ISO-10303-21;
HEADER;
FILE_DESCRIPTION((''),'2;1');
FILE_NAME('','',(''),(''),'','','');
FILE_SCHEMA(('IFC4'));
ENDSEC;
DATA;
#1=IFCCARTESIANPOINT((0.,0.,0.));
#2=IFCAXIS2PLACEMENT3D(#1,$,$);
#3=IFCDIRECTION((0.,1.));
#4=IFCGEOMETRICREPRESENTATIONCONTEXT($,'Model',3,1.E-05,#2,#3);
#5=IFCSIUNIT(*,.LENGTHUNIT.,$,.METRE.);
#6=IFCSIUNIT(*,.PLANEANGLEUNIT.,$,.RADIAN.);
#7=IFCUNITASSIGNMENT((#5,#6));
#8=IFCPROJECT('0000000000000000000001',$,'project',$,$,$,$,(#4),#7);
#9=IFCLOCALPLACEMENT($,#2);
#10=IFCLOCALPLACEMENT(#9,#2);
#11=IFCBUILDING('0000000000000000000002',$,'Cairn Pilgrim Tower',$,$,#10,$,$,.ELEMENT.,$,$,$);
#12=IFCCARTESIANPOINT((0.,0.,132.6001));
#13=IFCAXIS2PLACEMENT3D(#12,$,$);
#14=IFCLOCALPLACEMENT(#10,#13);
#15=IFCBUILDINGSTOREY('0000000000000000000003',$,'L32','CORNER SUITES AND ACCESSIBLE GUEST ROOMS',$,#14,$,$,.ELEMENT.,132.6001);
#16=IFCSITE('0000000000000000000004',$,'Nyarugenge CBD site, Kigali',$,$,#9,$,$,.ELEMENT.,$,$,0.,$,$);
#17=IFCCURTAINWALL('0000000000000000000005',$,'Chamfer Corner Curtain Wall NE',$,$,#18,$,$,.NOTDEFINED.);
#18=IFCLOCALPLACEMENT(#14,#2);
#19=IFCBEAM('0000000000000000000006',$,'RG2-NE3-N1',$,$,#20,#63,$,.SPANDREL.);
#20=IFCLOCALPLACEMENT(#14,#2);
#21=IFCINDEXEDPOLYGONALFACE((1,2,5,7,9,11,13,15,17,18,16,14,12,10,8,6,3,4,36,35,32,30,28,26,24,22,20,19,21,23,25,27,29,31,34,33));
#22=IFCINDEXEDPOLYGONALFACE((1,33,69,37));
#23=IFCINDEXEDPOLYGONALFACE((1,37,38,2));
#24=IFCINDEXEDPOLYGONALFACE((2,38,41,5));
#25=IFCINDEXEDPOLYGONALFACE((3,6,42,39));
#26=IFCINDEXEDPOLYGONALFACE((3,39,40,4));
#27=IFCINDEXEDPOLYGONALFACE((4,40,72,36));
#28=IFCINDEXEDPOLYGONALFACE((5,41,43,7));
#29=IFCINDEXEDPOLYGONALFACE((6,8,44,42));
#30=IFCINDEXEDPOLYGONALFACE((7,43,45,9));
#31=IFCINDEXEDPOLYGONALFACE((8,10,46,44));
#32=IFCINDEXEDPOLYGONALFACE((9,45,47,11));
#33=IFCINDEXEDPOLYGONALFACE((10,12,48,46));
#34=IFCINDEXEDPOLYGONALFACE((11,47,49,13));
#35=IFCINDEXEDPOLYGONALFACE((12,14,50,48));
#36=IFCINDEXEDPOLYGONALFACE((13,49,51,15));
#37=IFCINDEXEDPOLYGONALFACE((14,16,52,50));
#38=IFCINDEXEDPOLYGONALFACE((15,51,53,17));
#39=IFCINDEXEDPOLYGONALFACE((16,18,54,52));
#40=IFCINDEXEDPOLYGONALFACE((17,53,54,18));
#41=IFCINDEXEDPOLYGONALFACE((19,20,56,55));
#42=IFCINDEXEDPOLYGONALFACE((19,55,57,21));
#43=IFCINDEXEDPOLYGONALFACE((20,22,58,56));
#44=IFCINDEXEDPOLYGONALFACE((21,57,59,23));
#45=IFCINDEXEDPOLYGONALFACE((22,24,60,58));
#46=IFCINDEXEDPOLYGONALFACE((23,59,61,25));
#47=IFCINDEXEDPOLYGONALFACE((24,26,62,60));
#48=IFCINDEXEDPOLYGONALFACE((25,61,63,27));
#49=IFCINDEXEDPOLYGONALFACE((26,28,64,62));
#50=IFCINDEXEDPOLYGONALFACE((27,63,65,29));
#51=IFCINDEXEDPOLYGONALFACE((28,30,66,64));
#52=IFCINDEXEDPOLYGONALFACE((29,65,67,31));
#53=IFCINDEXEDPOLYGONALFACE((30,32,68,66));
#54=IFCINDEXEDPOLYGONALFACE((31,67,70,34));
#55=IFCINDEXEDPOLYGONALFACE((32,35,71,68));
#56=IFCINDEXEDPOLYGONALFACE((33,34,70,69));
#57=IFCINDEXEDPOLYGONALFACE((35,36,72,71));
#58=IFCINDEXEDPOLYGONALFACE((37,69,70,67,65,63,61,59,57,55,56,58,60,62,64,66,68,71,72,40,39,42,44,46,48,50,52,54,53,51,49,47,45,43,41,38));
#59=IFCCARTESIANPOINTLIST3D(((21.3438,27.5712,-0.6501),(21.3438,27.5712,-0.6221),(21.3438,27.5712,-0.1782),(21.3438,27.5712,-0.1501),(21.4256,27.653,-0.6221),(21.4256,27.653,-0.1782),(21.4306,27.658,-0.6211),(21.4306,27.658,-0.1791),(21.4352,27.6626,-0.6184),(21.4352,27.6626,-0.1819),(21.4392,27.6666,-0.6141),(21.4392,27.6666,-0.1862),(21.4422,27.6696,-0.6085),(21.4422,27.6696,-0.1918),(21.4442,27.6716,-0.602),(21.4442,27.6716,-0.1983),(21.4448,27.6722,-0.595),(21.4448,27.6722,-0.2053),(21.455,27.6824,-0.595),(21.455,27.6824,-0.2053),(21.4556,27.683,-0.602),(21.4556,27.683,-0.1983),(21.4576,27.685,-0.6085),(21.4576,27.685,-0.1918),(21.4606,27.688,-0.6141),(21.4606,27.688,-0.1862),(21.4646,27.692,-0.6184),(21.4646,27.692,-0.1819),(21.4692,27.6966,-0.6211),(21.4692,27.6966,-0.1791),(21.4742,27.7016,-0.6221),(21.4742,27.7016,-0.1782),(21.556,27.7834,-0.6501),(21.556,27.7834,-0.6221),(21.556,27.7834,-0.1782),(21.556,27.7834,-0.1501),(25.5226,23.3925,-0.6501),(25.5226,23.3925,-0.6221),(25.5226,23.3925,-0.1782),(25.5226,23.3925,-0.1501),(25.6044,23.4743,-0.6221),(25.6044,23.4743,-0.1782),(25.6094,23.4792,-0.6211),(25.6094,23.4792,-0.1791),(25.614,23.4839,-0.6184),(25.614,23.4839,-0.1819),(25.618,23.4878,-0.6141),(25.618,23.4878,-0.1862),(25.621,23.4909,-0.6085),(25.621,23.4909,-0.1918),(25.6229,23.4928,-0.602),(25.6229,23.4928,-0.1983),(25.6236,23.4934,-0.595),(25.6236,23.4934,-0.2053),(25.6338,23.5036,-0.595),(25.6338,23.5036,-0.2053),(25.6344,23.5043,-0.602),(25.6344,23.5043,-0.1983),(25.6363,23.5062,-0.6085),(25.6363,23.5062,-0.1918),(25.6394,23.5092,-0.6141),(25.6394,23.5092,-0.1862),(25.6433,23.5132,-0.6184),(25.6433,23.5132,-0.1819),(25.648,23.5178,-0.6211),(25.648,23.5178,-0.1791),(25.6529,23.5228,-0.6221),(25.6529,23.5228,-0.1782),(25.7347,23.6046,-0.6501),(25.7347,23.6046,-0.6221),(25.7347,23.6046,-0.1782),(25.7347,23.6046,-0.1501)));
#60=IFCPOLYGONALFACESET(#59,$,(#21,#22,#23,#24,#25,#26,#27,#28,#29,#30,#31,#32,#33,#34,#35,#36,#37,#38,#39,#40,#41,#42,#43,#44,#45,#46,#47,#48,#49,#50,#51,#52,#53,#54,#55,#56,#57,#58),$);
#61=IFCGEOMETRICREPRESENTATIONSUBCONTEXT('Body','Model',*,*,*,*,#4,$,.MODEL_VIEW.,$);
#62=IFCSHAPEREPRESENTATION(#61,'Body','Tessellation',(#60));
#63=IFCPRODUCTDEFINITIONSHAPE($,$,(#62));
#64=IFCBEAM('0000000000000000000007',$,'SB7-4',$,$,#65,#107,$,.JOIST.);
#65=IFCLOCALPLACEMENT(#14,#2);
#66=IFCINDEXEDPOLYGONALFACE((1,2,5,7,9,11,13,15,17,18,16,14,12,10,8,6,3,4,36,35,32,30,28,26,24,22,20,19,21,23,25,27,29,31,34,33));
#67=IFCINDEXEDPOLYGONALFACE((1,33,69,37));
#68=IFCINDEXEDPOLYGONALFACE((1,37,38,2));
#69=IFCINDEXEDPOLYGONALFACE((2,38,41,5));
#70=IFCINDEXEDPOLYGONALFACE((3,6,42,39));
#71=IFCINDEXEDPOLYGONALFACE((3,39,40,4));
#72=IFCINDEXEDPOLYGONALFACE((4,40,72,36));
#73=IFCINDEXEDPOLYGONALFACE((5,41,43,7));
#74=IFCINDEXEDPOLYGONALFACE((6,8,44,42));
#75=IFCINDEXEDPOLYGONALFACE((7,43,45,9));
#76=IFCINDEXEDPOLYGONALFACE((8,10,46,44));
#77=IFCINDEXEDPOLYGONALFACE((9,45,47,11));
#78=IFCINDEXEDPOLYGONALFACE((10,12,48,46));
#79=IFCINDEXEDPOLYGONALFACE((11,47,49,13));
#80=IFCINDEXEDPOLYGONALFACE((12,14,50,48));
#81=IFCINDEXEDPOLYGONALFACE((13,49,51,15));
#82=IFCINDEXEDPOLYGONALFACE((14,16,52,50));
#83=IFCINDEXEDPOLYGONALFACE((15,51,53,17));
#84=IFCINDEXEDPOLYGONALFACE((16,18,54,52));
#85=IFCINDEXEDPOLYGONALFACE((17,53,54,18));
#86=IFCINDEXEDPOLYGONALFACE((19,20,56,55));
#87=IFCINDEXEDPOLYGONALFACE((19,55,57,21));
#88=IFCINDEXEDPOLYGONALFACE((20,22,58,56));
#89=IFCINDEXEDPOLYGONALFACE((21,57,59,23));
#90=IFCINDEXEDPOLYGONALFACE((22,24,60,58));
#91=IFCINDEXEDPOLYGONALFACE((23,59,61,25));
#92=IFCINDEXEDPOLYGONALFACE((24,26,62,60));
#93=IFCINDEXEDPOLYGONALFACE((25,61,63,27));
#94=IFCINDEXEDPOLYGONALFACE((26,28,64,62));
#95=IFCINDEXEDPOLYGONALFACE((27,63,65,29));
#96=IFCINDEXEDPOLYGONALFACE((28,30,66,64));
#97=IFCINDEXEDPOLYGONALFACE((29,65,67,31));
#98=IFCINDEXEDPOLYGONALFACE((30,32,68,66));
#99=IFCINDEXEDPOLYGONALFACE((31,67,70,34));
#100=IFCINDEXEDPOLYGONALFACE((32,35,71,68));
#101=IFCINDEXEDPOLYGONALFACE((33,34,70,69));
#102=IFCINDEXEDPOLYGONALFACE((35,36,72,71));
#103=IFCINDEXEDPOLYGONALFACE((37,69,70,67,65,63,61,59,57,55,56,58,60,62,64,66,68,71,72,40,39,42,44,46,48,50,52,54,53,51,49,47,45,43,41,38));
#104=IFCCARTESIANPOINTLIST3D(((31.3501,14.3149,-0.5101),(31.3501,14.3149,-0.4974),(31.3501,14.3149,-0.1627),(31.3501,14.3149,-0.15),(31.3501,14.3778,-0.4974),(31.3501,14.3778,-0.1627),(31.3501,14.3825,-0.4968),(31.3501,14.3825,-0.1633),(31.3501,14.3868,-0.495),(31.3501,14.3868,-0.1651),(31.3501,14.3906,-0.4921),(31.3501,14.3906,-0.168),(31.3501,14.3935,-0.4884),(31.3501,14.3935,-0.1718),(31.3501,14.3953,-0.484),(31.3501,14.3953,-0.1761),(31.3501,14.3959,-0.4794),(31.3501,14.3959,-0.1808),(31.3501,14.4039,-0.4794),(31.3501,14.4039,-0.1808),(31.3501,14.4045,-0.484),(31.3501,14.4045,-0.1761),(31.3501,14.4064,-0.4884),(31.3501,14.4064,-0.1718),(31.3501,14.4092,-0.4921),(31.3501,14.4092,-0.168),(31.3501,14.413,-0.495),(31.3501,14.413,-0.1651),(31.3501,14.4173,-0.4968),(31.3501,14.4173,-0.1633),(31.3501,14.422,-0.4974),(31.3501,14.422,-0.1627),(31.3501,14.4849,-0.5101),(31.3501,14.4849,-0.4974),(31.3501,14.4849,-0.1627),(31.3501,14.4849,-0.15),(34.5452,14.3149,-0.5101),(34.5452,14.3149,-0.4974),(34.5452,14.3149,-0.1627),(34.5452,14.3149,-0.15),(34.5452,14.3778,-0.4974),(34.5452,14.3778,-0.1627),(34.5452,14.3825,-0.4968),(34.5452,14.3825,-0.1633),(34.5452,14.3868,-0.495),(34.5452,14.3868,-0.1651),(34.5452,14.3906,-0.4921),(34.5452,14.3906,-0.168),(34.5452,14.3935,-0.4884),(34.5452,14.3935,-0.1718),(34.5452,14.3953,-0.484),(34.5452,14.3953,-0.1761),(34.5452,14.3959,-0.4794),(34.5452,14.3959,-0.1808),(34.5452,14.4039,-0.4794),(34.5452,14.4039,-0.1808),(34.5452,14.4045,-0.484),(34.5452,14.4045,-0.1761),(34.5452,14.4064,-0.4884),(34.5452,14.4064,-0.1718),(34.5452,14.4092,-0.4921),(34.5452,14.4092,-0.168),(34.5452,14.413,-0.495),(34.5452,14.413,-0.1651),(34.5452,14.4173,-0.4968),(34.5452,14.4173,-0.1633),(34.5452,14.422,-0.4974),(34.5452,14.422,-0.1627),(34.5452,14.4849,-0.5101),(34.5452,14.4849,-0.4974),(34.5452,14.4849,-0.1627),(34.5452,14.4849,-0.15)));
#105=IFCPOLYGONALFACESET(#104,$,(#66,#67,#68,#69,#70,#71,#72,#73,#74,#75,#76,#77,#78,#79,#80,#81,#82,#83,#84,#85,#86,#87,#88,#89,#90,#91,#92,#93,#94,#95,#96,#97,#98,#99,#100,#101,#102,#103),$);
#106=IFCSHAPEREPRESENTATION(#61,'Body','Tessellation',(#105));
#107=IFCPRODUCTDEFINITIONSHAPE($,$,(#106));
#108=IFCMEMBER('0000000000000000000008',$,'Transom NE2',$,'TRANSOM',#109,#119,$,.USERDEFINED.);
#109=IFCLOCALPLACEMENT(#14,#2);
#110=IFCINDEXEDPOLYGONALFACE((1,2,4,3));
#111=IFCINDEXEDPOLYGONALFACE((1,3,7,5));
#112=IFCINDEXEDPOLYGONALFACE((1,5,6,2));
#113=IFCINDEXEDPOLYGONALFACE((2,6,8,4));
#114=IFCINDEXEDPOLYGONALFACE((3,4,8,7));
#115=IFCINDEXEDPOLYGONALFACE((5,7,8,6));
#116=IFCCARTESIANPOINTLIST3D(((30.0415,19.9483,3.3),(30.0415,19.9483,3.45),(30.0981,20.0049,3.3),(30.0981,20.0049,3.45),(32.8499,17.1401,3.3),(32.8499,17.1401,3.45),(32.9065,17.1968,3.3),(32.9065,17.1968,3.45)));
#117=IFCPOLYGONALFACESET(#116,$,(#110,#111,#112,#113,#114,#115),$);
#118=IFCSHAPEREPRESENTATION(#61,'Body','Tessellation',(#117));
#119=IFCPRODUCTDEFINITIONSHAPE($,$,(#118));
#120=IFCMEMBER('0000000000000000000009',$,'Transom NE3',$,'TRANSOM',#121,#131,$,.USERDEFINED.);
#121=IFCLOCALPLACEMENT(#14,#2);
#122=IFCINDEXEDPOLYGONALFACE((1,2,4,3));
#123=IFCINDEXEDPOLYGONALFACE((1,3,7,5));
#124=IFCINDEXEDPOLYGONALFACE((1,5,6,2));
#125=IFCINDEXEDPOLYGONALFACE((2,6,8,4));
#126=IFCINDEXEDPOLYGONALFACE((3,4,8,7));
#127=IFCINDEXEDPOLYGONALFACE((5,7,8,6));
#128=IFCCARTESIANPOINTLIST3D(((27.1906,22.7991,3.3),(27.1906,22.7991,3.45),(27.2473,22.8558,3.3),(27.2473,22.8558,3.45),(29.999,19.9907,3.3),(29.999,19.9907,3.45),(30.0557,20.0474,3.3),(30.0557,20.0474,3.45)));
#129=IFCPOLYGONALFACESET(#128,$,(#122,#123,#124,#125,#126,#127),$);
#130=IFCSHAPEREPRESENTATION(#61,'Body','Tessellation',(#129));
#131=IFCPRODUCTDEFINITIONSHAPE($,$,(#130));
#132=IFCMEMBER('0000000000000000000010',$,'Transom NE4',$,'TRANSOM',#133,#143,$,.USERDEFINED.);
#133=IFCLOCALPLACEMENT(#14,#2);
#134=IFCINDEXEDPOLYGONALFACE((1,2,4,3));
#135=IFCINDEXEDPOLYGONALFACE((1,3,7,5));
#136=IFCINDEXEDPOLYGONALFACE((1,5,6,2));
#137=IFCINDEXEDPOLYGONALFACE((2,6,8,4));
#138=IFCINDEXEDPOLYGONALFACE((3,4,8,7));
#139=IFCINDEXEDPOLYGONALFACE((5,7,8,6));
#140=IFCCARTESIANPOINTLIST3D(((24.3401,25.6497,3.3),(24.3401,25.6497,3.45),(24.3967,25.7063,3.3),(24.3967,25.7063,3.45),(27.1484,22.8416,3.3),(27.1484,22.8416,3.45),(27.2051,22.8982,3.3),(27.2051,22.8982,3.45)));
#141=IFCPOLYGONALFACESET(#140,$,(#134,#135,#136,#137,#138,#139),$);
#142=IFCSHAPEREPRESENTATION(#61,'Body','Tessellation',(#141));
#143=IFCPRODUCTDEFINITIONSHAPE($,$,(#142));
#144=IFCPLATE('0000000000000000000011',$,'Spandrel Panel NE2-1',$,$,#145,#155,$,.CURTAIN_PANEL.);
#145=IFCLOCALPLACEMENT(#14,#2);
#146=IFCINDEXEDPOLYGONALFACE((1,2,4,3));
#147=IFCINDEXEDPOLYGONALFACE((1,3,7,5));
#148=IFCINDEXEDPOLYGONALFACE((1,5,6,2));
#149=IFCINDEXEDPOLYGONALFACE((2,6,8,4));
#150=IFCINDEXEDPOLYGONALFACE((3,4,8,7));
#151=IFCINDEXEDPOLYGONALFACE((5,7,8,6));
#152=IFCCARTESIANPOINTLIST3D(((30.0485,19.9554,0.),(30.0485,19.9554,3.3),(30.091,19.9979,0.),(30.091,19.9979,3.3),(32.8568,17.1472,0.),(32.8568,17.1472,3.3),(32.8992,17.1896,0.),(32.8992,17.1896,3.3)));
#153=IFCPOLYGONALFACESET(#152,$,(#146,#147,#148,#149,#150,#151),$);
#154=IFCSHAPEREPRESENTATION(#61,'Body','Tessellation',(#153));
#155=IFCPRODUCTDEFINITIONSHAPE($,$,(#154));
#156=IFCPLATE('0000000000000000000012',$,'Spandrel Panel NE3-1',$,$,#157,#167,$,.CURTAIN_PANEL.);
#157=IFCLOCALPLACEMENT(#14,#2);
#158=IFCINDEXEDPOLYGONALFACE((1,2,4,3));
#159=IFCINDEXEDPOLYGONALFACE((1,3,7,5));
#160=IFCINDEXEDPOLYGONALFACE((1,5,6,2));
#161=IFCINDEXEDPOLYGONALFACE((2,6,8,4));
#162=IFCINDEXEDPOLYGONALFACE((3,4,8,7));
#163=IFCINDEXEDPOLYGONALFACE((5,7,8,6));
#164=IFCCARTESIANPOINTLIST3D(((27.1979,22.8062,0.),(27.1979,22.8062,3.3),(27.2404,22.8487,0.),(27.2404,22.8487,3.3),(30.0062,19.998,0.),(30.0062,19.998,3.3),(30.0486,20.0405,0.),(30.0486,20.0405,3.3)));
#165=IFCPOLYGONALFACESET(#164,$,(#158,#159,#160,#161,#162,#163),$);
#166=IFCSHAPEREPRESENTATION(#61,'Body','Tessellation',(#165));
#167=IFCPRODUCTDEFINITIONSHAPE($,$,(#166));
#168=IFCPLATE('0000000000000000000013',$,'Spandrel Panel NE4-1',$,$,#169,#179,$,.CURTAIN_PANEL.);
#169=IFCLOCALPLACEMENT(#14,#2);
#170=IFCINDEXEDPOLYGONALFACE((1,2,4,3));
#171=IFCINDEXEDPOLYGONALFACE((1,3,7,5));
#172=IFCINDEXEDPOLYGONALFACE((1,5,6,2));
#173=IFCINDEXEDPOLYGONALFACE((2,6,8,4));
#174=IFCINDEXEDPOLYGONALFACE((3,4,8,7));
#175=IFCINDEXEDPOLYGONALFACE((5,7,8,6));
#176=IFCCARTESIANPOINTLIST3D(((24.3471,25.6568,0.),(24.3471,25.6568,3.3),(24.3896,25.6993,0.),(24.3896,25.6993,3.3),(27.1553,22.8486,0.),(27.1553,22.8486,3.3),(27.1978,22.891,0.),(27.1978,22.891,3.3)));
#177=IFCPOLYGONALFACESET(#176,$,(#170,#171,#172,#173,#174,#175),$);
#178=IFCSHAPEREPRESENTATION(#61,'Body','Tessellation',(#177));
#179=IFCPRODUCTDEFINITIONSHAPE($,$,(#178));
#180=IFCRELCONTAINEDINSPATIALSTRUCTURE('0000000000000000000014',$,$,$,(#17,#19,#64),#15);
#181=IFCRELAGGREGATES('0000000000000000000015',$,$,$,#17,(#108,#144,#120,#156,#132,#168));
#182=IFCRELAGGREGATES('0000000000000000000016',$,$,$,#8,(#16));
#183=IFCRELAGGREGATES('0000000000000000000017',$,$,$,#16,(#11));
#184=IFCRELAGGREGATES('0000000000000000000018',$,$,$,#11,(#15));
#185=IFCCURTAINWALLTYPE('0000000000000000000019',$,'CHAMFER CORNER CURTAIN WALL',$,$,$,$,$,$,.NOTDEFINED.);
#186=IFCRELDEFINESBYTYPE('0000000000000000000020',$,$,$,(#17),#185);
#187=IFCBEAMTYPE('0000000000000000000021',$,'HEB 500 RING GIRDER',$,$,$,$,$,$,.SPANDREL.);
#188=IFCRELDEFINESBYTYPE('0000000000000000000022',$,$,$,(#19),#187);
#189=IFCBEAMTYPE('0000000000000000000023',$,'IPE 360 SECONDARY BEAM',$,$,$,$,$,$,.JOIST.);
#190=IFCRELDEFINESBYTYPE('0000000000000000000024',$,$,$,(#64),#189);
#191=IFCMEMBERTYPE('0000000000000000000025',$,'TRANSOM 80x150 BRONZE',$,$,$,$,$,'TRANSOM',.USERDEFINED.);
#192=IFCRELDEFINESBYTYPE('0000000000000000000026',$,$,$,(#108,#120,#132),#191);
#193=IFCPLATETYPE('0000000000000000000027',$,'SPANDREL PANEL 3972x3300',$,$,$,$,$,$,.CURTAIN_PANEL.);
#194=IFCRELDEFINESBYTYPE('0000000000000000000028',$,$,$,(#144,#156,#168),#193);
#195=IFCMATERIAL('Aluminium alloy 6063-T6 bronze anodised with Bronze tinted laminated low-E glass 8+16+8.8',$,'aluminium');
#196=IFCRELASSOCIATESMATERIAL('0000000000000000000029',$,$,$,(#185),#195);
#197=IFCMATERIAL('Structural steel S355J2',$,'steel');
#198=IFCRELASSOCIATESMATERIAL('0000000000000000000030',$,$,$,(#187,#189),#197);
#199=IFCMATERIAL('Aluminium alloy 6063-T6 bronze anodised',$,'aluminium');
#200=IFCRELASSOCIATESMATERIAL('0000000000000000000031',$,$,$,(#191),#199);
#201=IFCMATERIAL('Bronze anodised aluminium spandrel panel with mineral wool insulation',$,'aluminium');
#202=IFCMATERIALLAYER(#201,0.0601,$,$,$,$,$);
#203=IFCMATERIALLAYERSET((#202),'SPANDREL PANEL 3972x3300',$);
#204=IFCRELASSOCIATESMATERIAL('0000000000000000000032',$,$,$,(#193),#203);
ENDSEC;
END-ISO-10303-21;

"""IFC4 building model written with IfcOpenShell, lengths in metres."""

from ifc_helpers import new_model, si_unit, direction, frame, origin, origin_2d, place, context, subcontext, project, spatial, rectangle, i_section, extrude, material, layer, layer_set, material_profile, profile_set, type_object, element, aggregate, save


model = new_model("IFC4")

# Units and contexts
model_context = context("Model", 3, precision=1e-05, world=origin(), true_north=direction((0.0, 1.0)))
body_context = subcontext(model_context, "Body", "Model", "MODEL_VIEW")
ifc_project = project(units=[si_unit("LENGTHUNIT", "METRE"), si_unit("PLANEANGLEUNIT", "RADIAN")], contexts=[model_context])

# Site, building, storey
site_placement = place(None, origin())
site = spatial("IfcSite", under=ifc_project, at=site_placement, Name="Nyarugenge CBD site, Kigali", CompositionType="ELEMENT", RefElevation=0.0)
building_placement = place(site_placement, origin())
building = spatial("IfcBuilding", under=site, at=building_placement, Name="Cairn Pilgrim Tower", CompositionType="ELEMENT")
storey_placement = place(building_placement, frame((0.0, 0.0, 132.6001)))
storey = spatial("IfcBuildingStorey", under=building, at=storey_placement, Name="L32", Description="CORNER SUITES AND ACCESSIBLE GUEST ROOMS", CompositionType="ELEMENT", Elevation=132.6001)

# Shared definitions
ifc_material_1 = material(Name="Structural steel S355J2", Category="steel")

# Curtain wall
ifc_material_2 = material(Name="Aluminium alloy 6063-T6 bronze anodised with Bronze tinted laminated low-E glass 8+16+8.8", Category="aluminium")
curtain_wall_type_1 = type_object("IfcCurtainWallType", Name="CHAMFER CORNER CURTAIN WALL", PredefinedType="NOTDEFINED", material=ifc_material_2)
curtain_wall_1_placement = place(storey_placement, origin())
curtain_wall_1 = element("IfcCurtainWall", 1, at=curtain_wall_1_placement, inside=storey, type_object=curtain_wall_type_1, Name="Chamfer Corner Curtain Wall NE", PredefinedType="NOTDEFINED")
ifc_material_3 = material(Name="Aluminium alloy 6063-T6 bronze anodised", Category="aluminium")

# Beams
ifc_material_profile_1 = material_profile(ifc_material_1, i_section(OverallWidth=0.3, OverallDepth=0.5, WebThickness=0.0144, FlangeThickness=0.0281, FilletRadius=0.0271, at=origin_2d()), Name="HEB 500")
ifc_profile_set_1 = profile_set([ifc_material_profile_1], Name="Structural steel S355J2")
beam_type_1 = type_object("IfcBeamType", Name="HEB 500 RING GIRDER", PredefinedType="SPANDREL", material=ifc_profile_set_1)
beam_1_placement = place(storey_placement, frame((25.6287, 23.4985, -0.4001), z_axis=(-0.707107, 0.707107, 0.0), x_axis=(-0.707107, -0.707107, 0.0)))
element("IfcBeam", 2, at=beam_1_placement, inside=storey, type_object=beam_type_1, Name="RG2-NE3-N1", PredefinedType="SPANDREL", context=body_context, shape_type="SweptSolid", body=[
    extrude(i_section(OverallWidth=0.3, OverallDepth=0.5, WebThickness=0.0144, FlangeThickness=0.0281, FilletRadius=0.0271, at=origin_2d()), origin(), (0.0, 0.0, 1.0), 5.9097),
])
ifc_material_profile_2 = material_profile(ifc_material_1, i_section(OverallWidth=0.1699, OverallDepth=0.3601, WebThickness=0.0081, FlangeThickness=0.0127, FilletRadius=0.0181, at=origin_2d()), Name="IPE 360")
ifc_profile_set_2 = profile_set([ifc_material_profile_2], Name="Structural steel S355J2")
beam_type_2 = type_object("IfcBeamType", Name="IPE 360 SECONDARY BEAM", PredefinedType="JOIST", material=ifc_profile_set_2)
beam_2_placement = place(storey_placement, frame((31.3501, 14.3999, -0.3301), z_axis=(1.0, 0.0, 0.0), x_axis=(0.0, 1.0, 0.0)))
element("IfcBeam", 3, at=beam_2_placement, inside=storey, type_object=beam_type_2, Name="SB7-4", PredefinedType="JOIST", context=body_context, shape_type="SweptSolid", body=[
    extrude(i_section(OverallWidth=0.1699, OverallDepth=0.3601, WebThickness=0.0081, FlangeThickness=0.0127, FilletRadius=0.0181, at=origin_2d()), origin(), (0.0, 0.0, 1.0), 3.1951),
])

# Members
ifc_material_profile_3 = material_profile(ifc_material_3, rectangle(XDim=0.0801, YDim=0.1499, at=origin_2d()), Name="TRANSOM 80x150 BRONZE")
ifc_profile_set_3 = profile_set([ifc_material_profile_3], Name="Aluminium alloy 6063-T6 bronze anodised")
member_type_1 = type_object("IfcMemberType", Name="TRANSOM 80x150 BRONZE", ElementType="TRANSOM", PredefinedType="USERDEFINED", material=ifc_profile_set_3)
member_1_placement = place(storey_placement, frame((32.8782, 17.1685, 3.375), z_axis=(-0.707138, 0.707076, 0.0), x_axis=(-0.707076, -0.707138, 0.0)))
member_1 = element("IfcMember", 4, at=member_1_placement, type_object=member_type_1, Name="Transom NE2", ObjectType="TRANSOM", PredefinedType="USERDEFINED", context=body_context, shape_type="SweptSolid", body=[
    extrude(rectangle(XDim=0.0801, YDim=0.1499, at=origin_2d()), origin(), (0.0, 0.0, 1.0), 3.9714),
])
member_2_placement = place(storey_placement, frame((30.0273, 20.019, 3.375), z_axis=(-0.707107, 0.707107, 0.0), x_axis=(-0.707107, -0.707107, 0.0)))
member_2 = element("IfcMember", 5, at=member_2_placement, type_object=member_type_1, Name="Transom NE3", ObjectType="TRANSOM", PredefinedType="USERDEFINED", context=body_context, shape_type="SweptSolid", body=[
    extrude(rectangle(XDim=0.0801, YDim=0.1499, at=origin_2d()), origin(), (0.0, 0.0, 1.0), 3.9717),
])
member_3_placement = place(storey_placement, frame((27.1768, 22.8699, 3.375), z_axis=(-0.707138, 0.707076, 0.0), x_axis=(-0.707076, -0.707138, 0.0)))
member_3 = element("IfcMember", 6, at=member_3_placement, type_object=member_type_1, Name="Transom NE4", ObjectType="TRANSOM", PredefinedType="USERDEFINED", context=body_context, shape_type="SweptSolid", body=[
    extrude(rectangle(XDim=0.0801, YDim=0.1499, at=origin_2d()), origin(), (0.0, 0.0, 1.0), 3.9714),
])

# Plates
ifc_material_4 = material(Name="Bronze anodised aluminium spandrel panel with mineral wool insulation", Category="aluminium")
ifc_layer_1 = layer(ifc_material_4, 0.0601)
ifc_layer_set_1 = layer_set([ifc_layer_1], Name="SPANDREL PANEL 3972x3300")
plate_type = type_object("IfcPlateType", Name="SPANDREL PANEL 3972x3300", PredefinedType="CURTAIN_PANEL", material=ifc_layer_set_1)
plate_1_placement = place(storey_placement, frame((31.4739, 18.5725, 0.0), z_axis=(0.0, 0.0, 1.0), x_axis=(-0.707107, 0.707107, 0.0)))
plate_1 = element("IfcPlate", 7, at=plate_1_placement, type_object=plate_type, Name="Spandrel Panel NE2-1", PredefinedType="CURTAIN_PANEL", context=body_context, shape_type="SweptSolid", body=[
    extrude(rectangle(XDim=3.9714, YDim=0.0601, at=origin_2d()), origin(), (0.0, 0.0, 1.0), 3.3),
])
plate_2_placement = place(storey_placement, frame((28.6233, 21.4233, 0.0), z_axis=(0.0, 0.0, 1.0), x_axis=(-0.707107, 0.707107, 0.0)))
plate_2 = element("IfcPlate", 8, at=plate_2_placement, type_object=plate_type, Name="Spandrel Panel NE3-1", PredefinedType="CURTAIN_PANEL", context=body_context, shape_type="SweptSolid", body=[
    extrude(rectangle(XDim=3.9714, YDim=0.0601, at=origin_2d()), origin(), (0.0, 0.0, 1.0), 3.3),
])
plate_3_placement = place(storey_placement, frame((25.7725, 24.2739, 0.0), z_axis=(0.0, 0.0, 1.0), x_axis=(-0.707107, 0.707107, 0.0)))
plate_3 = element("IfcPlate", 9, at=plate_3_placement, type_object=plate_type, Name="Spandrel Panel NE4-1", PredefinedType="CURTAIN_PANEL", context=body_context, shape_type="SweptSolid", body=[
    extrude(rectangle(XDim=3.9714, YDim=0.0601, at=origin_2d()), origin(), (0.0, 0.0, 1.0), 3.3),
])
aggregate(curtain_wall_1, [member_1, plate_1, member_2, plate_2, member_3, plate_3])

save(model, "model.ifc")
